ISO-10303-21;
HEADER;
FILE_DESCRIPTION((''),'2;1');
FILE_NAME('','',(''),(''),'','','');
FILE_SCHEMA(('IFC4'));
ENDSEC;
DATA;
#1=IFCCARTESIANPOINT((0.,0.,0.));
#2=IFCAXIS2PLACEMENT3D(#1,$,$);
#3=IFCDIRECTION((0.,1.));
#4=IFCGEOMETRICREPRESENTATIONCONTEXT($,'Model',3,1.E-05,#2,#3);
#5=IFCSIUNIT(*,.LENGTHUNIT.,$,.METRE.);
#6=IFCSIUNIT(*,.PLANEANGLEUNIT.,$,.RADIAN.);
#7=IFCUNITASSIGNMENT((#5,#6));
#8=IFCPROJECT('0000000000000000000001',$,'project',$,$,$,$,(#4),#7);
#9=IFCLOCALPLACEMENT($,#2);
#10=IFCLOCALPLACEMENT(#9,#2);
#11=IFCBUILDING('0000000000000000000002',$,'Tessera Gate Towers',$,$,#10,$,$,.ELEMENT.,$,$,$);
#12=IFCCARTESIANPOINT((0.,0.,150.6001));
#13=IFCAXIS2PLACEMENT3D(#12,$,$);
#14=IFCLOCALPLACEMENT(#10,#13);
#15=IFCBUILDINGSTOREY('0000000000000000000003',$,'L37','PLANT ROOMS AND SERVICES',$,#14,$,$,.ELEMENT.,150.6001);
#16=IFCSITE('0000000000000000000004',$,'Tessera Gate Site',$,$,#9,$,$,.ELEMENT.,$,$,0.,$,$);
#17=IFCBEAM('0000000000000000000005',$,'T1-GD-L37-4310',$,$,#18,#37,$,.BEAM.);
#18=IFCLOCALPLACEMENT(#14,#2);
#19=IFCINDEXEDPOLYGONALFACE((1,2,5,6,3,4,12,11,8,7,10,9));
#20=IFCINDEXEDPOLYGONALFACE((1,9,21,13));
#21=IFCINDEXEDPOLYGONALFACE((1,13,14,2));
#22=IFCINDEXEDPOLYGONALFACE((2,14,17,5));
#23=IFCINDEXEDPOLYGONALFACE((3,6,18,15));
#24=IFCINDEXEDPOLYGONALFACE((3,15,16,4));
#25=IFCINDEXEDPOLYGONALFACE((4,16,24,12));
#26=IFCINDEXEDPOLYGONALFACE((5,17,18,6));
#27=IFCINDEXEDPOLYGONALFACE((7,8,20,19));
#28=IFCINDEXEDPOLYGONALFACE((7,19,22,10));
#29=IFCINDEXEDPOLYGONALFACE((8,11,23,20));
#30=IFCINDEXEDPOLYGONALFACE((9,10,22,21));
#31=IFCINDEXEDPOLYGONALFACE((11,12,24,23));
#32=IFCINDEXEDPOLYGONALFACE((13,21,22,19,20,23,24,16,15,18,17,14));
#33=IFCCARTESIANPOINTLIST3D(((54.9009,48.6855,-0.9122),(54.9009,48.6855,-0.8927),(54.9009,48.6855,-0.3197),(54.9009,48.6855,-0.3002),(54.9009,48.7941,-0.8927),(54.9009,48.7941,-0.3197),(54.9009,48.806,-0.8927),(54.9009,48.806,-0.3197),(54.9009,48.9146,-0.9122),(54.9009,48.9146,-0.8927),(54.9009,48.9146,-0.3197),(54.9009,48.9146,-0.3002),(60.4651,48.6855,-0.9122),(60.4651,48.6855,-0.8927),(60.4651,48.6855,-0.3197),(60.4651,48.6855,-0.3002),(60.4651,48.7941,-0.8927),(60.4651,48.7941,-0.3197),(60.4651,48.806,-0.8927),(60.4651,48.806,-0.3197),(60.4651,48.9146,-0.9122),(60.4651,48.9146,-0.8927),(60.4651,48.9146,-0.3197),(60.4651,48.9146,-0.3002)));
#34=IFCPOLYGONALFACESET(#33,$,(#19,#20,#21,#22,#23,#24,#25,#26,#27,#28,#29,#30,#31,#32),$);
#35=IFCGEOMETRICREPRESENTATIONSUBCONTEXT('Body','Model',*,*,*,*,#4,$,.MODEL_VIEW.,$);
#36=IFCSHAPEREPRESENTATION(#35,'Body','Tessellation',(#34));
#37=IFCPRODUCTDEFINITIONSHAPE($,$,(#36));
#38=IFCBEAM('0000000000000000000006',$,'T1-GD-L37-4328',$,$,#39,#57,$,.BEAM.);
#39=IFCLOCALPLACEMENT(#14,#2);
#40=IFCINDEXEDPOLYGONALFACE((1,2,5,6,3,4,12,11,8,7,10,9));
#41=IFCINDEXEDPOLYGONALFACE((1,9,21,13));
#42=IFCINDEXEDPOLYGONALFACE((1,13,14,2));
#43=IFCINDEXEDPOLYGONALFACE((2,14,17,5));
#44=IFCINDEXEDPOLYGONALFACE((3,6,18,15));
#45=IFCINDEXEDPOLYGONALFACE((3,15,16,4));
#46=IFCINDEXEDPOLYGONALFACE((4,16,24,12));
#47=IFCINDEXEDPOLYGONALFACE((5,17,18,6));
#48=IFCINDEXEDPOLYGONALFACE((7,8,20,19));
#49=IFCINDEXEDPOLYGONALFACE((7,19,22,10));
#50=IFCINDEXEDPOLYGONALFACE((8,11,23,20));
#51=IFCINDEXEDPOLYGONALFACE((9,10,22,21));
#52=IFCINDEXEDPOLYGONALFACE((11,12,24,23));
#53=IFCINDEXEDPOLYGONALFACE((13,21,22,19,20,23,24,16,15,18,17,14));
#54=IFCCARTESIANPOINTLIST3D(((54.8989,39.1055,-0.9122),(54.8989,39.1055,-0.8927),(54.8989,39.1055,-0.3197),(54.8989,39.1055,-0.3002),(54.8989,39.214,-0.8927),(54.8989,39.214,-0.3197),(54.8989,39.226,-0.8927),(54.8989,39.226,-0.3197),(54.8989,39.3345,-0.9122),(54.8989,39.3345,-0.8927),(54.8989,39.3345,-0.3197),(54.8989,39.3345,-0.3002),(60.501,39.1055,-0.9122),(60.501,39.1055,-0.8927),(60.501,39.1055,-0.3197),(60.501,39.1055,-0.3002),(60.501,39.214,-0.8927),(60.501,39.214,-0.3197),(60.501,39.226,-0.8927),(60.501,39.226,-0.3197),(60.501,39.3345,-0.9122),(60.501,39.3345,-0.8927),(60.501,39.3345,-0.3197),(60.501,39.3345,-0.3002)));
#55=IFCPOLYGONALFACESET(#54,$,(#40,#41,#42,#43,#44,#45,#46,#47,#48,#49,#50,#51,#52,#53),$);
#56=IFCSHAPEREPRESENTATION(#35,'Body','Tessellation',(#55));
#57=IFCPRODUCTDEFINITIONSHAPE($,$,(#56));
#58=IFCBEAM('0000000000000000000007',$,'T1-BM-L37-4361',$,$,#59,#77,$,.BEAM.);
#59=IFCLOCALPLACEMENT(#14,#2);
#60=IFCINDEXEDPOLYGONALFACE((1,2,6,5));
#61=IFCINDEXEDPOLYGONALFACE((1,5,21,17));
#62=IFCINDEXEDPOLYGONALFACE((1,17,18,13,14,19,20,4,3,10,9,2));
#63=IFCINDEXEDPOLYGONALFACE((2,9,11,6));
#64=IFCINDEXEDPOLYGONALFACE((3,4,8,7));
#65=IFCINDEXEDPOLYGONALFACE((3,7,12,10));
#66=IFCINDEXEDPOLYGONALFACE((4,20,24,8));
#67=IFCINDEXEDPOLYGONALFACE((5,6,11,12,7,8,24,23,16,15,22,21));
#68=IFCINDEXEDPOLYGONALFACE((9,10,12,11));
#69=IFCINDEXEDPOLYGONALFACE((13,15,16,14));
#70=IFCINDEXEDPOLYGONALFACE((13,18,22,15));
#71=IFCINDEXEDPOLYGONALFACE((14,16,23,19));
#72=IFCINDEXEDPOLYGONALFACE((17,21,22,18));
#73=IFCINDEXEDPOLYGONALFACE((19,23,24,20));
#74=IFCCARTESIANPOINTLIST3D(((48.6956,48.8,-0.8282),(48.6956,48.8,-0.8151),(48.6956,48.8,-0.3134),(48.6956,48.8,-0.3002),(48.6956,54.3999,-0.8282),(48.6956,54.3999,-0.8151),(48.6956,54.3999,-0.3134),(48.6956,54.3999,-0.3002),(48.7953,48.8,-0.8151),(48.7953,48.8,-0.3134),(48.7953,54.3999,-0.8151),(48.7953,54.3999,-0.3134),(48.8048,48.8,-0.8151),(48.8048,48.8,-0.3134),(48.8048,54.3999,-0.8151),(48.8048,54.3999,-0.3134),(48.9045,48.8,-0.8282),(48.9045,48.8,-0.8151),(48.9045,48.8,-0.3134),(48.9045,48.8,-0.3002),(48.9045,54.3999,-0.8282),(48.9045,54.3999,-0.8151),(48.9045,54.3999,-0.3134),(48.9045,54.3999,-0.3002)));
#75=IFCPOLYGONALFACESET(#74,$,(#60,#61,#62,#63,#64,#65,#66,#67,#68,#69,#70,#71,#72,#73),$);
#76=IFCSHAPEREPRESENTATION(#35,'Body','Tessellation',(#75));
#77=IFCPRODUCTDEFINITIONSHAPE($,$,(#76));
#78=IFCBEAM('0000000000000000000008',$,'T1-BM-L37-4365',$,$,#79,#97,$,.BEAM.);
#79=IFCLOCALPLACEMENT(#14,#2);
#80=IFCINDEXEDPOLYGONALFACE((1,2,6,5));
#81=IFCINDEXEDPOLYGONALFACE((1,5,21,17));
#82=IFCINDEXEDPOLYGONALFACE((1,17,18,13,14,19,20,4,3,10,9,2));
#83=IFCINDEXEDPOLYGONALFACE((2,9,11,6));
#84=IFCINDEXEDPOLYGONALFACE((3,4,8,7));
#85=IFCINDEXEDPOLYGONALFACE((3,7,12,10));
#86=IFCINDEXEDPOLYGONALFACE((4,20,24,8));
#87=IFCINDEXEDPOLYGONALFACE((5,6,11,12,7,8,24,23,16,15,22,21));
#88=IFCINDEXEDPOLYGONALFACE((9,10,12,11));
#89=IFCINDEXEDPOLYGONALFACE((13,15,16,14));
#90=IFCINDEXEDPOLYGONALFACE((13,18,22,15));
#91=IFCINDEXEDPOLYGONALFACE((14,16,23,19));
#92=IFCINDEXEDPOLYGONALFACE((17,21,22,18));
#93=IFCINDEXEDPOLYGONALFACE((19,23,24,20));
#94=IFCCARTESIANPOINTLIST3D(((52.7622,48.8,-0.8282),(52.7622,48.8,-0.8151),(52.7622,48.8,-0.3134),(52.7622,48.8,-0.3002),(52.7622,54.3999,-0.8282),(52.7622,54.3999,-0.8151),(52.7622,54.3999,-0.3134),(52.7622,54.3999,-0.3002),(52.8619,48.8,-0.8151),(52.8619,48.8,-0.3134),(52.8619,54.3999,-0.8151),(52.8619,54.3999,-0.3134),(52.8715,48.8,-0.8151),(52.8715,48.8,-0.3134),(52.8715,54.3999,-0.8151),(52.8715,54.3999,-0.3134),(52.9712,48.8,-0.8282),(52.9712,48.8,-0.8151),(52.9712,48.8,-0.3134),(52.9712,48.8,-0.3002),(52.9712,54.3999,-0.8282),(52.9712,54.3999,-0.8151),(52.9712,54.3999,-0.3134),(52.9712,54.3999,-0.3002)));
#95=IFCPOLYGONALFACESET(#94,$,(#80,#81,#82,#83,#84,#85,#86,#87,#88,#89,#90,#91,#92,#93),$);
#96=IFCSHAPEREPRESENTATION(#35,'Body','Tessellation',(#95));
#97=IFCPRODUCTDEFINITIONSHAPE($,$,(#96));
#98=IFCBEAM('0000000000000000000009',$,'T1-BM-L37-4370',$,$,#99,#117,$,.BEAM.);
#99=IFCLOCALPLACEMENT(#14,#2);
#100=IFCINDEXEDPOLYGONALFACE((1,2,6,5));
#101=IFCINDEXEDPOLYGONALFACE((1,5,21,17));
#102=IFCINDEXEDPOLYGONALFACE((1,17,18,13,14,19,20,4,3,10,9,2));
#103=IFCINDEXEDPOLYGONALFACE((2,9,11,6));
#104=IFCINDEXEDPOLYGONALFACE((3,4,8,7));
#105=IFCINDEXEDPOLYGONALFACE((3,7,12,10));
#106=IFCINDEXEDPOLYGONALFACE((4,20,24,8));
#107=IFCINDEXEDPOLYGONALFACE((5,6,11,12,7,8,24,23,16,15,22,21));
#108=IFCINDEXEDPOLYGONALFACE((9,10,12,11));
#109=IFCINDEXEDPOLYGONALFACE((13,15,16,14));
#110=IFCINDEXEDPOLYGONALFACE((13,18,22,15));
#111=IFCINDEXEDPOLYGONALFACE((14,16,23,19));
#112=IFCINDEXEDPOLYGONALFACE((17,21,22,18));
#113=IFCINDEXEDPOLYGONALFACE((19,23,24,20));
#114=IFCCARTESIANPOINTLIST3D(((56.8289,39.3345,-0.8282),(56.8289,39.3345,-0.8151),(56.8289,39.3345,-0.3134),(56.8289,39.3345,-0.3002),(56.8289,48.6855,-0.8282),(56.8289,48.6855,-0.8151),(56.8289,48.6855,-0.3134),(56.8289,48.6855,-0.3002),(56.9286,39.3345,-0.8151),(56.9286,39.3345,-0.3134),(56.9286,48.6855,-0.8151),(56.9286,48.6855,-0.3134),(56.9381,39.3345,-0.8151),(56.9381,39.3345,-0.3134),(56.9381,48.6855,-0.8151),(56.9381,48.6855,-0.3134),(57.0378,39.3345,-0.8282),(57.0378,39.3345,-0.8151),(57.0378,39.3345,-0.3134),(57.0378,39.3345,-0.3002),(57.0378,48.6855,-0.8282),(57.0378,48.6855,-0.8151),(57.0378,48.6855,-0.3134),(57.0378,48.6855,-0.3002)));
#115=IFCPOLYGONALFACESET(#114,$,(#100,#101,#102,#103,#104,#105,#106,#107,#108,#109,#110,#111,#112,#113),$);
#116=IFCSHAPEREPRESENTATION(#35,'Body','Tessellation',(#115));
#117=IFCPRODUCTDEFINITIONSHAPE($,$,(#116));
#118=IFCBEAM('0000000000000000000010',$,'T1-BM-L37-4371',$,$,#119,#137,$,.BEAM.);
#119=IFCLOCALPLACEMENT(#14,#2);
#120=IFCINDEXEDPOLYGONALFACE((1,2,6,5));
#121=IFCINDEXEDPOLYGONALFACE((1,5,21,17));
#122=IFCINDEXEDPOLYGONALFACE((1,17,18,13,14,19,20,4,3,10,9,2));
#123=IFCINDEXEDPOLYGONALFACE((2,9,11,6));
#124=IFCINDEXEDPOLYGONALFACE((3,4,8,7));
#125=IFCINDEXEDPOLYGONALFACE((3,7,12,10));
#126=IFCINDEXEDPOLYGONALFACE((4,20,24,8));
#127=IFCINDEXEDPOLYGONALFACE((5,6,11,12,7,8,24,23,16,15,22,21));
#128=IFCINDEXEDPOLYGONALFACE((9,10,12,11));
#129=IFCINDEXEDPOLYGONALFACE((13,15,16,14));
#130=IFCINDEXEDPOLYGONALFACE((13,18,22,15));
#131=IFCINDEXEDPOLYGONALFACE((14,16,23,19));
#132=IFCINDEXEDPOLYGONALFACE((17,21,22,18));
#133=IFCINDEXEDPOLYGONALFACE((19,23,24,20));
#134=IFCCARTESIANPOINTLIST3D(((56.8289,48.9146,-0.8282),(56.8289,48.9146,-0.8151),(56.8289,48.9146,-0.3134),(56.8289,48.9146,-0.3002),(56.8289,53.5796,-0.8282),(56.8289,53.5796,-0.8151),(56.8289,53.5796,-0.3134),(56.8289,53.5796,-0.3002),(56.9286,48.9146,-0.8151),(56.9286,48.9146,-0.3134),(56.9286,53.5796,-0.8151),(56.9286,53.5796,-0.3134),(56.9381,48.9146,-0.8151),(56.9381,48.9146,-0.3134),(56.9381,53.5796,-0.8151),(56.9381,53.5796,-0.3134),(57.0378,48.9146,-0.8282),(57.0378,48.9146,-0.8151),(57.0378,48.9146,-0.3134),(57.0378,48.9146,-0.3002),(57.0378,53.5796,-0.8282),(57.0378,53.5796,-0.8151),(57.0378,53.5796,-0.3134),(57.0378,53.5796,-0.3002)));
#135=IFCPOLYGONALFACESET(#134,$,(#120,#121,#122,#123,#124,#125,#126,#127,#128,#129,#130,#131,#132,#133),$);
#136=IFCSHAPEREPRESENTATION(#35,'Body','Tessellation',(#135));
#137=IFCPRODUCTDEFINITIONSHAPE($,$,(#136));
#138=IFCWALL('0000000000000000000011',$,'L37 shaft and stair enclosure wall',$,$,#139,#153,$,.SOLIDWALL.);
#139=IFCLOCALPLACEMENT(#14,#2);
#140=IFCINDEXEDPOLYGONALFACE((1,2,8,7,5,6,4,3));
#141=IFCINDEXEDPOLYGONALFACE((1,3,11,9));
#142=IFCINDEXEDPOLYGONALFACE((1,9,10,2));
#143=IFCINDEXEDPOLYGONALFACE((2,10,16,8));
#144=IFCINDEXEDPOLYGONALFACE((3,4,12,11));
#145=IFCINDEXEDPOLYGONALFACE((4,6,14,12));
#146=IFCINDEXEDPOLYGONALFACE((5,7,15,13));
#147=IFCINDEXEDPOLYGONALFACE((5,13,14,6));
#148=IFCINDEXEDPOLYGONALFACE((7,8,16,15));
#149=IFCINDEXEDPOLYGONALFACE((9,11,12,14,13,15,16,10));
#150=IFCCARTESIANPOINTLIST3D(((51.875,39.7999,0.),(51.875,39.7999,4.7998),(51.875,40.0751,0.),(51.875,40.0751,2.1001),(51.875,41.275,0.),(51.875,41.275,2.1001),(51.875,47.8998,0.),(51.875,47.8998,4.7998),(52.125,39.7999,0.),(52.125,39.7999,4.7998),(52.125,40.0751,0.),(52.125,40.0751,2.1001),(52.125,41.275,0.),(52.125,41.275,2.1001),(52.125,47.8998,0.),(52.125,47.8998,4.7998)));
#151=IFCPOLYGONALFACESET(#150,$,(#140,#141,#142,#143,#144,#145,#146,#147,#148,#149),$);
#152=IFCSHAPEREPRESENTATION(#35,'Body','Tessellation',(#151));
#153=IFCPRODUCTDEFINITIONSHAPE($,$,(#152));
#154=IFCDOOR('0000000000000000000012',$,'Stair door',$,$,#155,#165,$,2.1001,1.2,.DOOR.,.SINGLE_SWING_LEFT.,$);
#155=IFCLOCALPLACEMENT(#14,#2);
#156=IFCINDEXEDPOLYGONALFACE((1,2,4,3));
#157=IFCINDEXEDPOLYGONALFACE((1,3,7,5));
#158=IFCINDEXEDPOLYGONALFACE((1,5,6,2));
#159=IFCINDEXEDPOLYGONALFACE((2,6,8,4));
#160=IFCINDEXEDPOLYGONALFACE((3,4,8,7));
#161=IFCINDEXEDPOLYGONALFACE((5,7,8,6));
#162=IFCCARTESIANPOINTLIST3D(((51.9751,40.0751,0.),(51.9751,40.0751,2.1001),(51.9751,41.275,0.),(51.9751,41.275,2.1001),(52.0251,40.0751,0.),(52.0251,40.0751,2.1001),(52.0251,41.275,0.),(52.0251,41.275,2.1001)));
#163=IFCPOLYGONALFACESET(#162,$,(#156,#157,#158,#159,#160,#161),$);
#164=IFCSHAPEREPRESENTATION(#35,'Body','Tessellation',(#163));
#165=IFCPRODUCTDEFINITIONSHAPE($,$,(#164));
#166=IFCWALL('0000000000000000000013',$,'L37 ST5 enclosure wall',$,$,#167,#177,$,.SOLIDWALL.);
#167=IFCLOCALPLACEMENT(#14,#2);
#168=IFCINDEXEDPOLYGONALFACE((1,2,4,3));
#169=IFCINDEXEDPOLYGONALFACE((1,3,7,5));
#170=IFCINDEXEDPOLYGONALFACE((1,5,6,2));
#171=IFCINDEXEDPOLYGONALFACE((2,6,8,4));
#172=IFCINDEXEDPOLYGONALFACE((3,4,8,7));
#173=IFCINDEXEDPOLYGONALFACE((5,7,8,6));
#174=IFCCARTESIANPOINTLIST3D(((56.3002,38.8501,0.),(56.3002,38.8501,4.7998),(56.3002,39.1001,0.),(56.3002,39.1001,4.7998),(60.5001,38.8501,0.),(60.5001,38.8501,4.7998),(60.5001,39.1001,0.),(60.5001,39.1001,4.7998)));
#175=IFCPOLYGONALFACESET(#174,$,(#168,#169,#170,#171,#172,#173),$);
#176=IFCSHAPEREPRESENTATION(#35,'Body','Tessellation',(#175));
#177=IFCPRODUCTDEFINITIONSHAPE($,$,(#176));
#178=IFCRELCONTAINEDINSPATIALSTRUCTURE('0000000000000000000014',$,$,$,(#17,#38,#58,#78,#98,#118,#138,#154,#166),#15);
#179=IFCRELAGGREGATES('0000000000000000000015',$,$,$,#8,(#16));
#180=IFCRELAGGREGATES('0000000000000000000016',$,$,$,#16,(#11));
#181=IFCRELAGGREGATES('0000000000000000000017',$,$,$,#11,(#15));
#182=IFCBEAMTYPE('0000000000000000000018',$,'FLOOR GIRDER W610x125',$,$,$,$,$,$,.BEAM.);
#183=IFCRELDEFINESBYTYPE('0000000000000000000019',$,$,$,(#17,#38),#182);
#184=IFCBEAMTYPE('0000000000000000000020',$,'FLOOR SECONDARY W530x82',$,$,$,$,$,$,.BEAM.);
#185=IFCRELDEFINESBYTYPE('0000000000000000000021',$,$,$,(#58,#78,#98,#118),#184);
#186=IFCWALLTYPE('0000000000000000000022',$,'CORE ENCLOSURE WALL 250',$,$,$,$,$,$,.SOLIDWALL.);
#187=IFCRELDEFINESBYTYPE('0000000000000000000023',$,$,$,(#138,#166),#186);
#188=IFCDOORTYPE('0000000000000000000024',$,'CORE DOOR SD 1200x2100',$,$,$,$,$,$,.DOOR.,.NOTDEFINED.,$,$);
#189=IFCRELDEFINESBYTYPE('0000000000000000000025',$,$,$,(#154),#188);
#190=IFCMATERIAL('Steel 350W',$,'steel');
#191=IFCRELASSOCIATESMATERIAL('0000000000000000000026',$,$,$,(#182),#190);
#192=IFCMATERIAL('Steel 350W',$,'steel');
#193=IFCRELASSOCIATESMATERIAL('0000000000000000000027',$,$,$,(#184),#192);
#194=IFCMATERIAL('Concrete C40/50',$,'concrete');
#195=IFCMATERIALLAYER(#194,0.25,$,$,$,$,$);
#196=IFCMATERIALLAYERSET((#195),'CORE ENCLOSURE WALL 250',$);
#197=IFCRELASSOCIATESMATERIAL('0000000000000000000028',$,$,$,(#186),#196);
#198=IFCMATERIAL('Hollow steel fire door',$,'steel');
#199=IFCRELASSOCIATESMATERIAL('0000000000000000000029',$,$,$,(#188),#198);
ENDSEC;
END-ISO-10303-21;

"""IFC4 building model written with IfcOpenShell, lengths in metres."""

from ifc_helpers import new_model, si_unit, direction, frame, frame_2d, origin, origin_2d, place, context, subcontext, project, spatial, rectangle, i_section, extrude, source, transform, mapped, material, layer, layer_set, material_profile, profile_set, type_object, element, fill, save


model = new_model("IFC4")

# Units and contexts
model_context = context("Model", 3, precision=1e-05, world=origin(), true_north=direction((0.0, 1.0)))
body_context = subcontext(model_context, "Body", "Model", "MODEL_VIEW")
ifc_project = project(units=[si_unit("LENGTHUNIT", "METRE"), si_unit("PLANEANGLEUNIT", "RADIAN")], contexts=[model_context])

# Site, building, storey
site_placement = place(None, origin())
site = spatial("IfcSite", under=ifc_project, at=site_placement, Name="Tessera Gate Site", CompositionType="ELEMENT", RefElevation=0.0)
building_placement = place(site_placement, origin())
building = spatial("IfcBuilding", under=site, at=building_placement, Name="Tessera Gate Towers", CompositionType="ELEMENT")
storey_placement = place(building_placement, frame((0.0, 0.0, 150.6001)))
storey = spatial("IfcBuildingStorey", under=building, at=storey_placement, Name="L37", Description="PLANT ROOMS AND SERVICES", CompositionType="ELEMENT", Elevation=150.6001)

# Beams
ifc_material_1 = material(Name="Steel 350W", Category="steel")
ifc_material_profile_1 = material_profile(ifc_material_1, i_section(OverallWidth=0.229, OverallDepth=0.6121, WebThickness=0.012, FlangeThickness=0.0195, at=origin_2d()), Name="W610x125")
ifc_profile_set_1 = profile_set([ifc_material_profile_1], Name="Steel 350W")
beam_type_1 = type_object("IfcBeamType", Name="FLOOR GIRDER W610x125", PredefinedType="BEAM", material=ifc_profile_set_1)
beam_1_placement = place(storey_placement, frame((54.9009, 48.8, -0.6062), z_axis=(1.0, 0.0, 0.0), x_axis=(0.0, 1.0, 0.0)))
element("IfcBeam", 1, at=beam_1_placement, inside=storey, type_object=beam_type_1, Name="T1-GD-L37-4310", PredefinedType="BEAM", context=body_context, shape_type="SweptSolid", body=[
    extrude(i_section(OverallWidth=0.229, OverallDepth=0.6121, WebThickness=0.012, FlangeThickness=0.0195, at=origin_2d()), origin(), (0.0, 0.0, 1.0), 5.5642),
])
beam_2_placement = place(storey_placement, frame((54.8989, 39.22, -0.6062), z_axis=(1.0, 0.0, 0.0), x_axis=(0.0, 1.0, 0.0)))
element("IfcBeam", 2, at=beam_2_placement, inside=storey, type_object=beam_type_1, Name="T1-GD-L37-4328", PredefinedType="BEAM", context=body_context, shape_type="SweptSolid", body=[
    extrude(i_section(OverallWidth=0.229, OverallDepth=0.6121, WebThickness=0.012, FlangeThickness=0.0195, at=origin_2d()), origin(), (0.0, 0.0, 1.0), 5.6021),
])
ifc_material_2 = material(Name="Steel 350W", Category="steel")
ifc_material_profile_2 = material_profile(ifc_material_2, i_section(OverallWidth=0.209, OverallDepth=0.5281, WebThickness=0.0095, FlangeThickness=0.0132, at=origin_2d()), Name="W530x82")
ifc_profile_set_2 = profile_set([ifc_material_profile_2], Name="Steel 350W")
beam_type_2 = type_object("IfcBeamType", Name="FLOOR SECONDARY W530x82", PredefinedType="BEAM", material=ifc_profile_set_2)
for number, where, z_axis, x_axis, name in (
    (3, (48.8, 48.8, -0.5642), (0.0, 1.0, 0.0), (-1.0, 0.0, 0.0), "T1-BM-L37-4361"),
    (4, (52.8667, 48.8, -0.5642), (0.0, 1.0, 0.0), (-1.0, 0.0, 0.0), "T1-BM-L37-4365"),
):
    element("IfcBeam", number, at=place(storey_placement, frame(where, z_axis=z_axis, x_axis=x_axis)), inside=storey, type_object=beam_type_2, Name=name, PredefinedType="BEAM", context=body_context, shape_type="SweptSolid", body=[
        extrude(i_section(OverallWidth=0.209, OverallDepth=0.5281, WebThickness=0.0095, FlangeThickness=0.0132, at=origin_2d()), origin(), (0.0, 0.0, 1.0), 5.5999),
    ])
beam_3_placement = place(storey_placement, frame((56.9333, 39.3345, -0.5642), z_axis=(0.0, 1.0, 0.0), x_axis=(-1.0, 0.0, 0.0)))
element("IfcBeam", 5, at=beam_3_placement, inside=storey, type_object=beam_type_2, Name="T1-BM-L37-4370", PredefinedType="BEAM", context=body_context, shape_type="SweptSolid", body=[
    extrude(i_section(OverallWidth=0.209, OverallDepth=0.5281, WebThickness=0.0095, FlangeThickness=0.0132, at=origin_2d()), origin(), (0.0, 0.0, 1.0), 9.3511),
])
beam_4_placement = place(storey_placement, frame((56.9333, 48.9146, -0.5642), z_axis=(0.0, 1.0, 0.0), x_axis=(-1.0, 0.0, 0.0)))
element("IfcBeam", 6, at=beam_4_placement, inside=storey, type_object=beam_type_2, Name="T1-BM-L37-4371", PredefinedType="BEAM", context=body_context, shape_type="SweptSolid", body=[
    extrude(i_section(OverallWidth=0.209, OverallDepth=0.5281, WebThickness=0.0095, FlangeThickness=0.0132, at=origin_2d()), origin(), (0.0, 0.0, 1.0), 4.665),
])

# Wall, opening, door
ifc_material_3 = material(Name="Concrete C40/50", Category="concrete")
ifc_layer_1 = layer(ifc_material_3, 0.25)
ifc_layer_set_1 = layer_set([ifc_layer_1], Name="CORE ENCLOSURE WALL 250")
wall_type_1 = type_object("IfcWallType", Name="CORE ENCLOSURE WALL 250", PredefinedType="SOLIDWALL", material=ifc_layer_set_1)
wall_1_placement = place(storey_placement, frame((52.0, 39.8, 0.0), z_axis=(0.0, 0.0, 1.0), x_axis=(0.0, 1.0, 0.0)))
wall_1 = element("IfcWall", 7, at=wall_1_placement, inside=storey, type_object=wall_type_1, Name="L37 shaft and stair enclosure wall", PredefinedType="SOLIDWALL", context=body_context, shape_type="SweptSolid", body=[
    extrude(rectangle(XDim=8.0999, YDim=0.25, at=frame_2d((4.0498, 0.0))), origin(), (0.0, 0.0, 1.0), 4.7998),
])
shared_shape_1 = source(origin(), body_context, "Body", "SweptSolid", [
    extrude(rectangle(XDim=1.2, YDim=2.1001, at=frame_2d((0.6001, 1.05))), frame((0.0, 0.135, 0.0), z_axis=(0.0, -1.0, 0.0), x_axis=(1.0, 0.0, 0.0)), (0.0, 0.0, 1.0), 0.27),
])
opening_1_placement = place(wall_1_placement, frame((0.2749, 0.0, 0.0)))
opening_1 = element("IfcOpeningElement", 8, at=opening_1_placement, cuts=wall_1, PredefinedType="OPENING", context=body_context, shape_type="MappedRepresentation", body=[
    mapped(shared_shape_1, transform((0.0, 0.0, 0.0), scale=1.0)),
])
ifc_material_4 = material(Name="Hollow steel fire door", Category="steel")
door_type_1 = type_object("IfcDoorType", Name="CORE DOOR SD 1200x2100", OperationType="NOTDEFINED", PredefinedType="DOOR", material=ifc_material_4)
shared_shape_2 = source(origin(), body_context, "Body", "SweptSolid", [
    extrude(rectangle(XDim=1.2, YDim=2.1001, at=frame_2d((0.6001, 1.05))), frame((0.0, 0.0249, 0.0), z_axis=(0.0, -1.0, 0.0), x_axis=(1.0, 0.0, 0.0)), (0.0, 0.0, 1.0), 0.05),
])
door_1_placement = place(opening_1_placement, origin())
door_1 = element("IfcDoor", 9, at=door_1_placement, inside=storey, type_object=door_type_1, Name="Stair door", OperationType="SINGLE_SWING_LEFT", OverallHeight=2.1001, OverallWidth=1.2, PredefinedType="DOOR", context=body_context, shape_type="MappedRepresentation", body=[
    mapped(shared_shape_2, transform((0.0, 0.0, 0.0), scale=1.0)),
])
fill(opening_1, door_1)

# Wall
wall_2_placement = place(storey_placement, frame((56.3, 38.9751, 0.0), z_axis=(0.0, 0.0, 1.0), x_axis=(1.0, 0.0, 0.0)))
element("IfcWall", 10, at=wall_2_placement, inside=storey, type_object=wall_type_1, Name="L37 ST5 enclosure wall", PredefinedType="SOLIDWALL", context=body_context, shape_type="SweptSolid", body=[
    extrude(rectangle(XDim=4.2, YDim=0.25, at=frame_2d((2.1001, 0.0))), origin(), (0.0, 0.0, 1.0), 4.7998),
])

save(model, "model.ifc")
